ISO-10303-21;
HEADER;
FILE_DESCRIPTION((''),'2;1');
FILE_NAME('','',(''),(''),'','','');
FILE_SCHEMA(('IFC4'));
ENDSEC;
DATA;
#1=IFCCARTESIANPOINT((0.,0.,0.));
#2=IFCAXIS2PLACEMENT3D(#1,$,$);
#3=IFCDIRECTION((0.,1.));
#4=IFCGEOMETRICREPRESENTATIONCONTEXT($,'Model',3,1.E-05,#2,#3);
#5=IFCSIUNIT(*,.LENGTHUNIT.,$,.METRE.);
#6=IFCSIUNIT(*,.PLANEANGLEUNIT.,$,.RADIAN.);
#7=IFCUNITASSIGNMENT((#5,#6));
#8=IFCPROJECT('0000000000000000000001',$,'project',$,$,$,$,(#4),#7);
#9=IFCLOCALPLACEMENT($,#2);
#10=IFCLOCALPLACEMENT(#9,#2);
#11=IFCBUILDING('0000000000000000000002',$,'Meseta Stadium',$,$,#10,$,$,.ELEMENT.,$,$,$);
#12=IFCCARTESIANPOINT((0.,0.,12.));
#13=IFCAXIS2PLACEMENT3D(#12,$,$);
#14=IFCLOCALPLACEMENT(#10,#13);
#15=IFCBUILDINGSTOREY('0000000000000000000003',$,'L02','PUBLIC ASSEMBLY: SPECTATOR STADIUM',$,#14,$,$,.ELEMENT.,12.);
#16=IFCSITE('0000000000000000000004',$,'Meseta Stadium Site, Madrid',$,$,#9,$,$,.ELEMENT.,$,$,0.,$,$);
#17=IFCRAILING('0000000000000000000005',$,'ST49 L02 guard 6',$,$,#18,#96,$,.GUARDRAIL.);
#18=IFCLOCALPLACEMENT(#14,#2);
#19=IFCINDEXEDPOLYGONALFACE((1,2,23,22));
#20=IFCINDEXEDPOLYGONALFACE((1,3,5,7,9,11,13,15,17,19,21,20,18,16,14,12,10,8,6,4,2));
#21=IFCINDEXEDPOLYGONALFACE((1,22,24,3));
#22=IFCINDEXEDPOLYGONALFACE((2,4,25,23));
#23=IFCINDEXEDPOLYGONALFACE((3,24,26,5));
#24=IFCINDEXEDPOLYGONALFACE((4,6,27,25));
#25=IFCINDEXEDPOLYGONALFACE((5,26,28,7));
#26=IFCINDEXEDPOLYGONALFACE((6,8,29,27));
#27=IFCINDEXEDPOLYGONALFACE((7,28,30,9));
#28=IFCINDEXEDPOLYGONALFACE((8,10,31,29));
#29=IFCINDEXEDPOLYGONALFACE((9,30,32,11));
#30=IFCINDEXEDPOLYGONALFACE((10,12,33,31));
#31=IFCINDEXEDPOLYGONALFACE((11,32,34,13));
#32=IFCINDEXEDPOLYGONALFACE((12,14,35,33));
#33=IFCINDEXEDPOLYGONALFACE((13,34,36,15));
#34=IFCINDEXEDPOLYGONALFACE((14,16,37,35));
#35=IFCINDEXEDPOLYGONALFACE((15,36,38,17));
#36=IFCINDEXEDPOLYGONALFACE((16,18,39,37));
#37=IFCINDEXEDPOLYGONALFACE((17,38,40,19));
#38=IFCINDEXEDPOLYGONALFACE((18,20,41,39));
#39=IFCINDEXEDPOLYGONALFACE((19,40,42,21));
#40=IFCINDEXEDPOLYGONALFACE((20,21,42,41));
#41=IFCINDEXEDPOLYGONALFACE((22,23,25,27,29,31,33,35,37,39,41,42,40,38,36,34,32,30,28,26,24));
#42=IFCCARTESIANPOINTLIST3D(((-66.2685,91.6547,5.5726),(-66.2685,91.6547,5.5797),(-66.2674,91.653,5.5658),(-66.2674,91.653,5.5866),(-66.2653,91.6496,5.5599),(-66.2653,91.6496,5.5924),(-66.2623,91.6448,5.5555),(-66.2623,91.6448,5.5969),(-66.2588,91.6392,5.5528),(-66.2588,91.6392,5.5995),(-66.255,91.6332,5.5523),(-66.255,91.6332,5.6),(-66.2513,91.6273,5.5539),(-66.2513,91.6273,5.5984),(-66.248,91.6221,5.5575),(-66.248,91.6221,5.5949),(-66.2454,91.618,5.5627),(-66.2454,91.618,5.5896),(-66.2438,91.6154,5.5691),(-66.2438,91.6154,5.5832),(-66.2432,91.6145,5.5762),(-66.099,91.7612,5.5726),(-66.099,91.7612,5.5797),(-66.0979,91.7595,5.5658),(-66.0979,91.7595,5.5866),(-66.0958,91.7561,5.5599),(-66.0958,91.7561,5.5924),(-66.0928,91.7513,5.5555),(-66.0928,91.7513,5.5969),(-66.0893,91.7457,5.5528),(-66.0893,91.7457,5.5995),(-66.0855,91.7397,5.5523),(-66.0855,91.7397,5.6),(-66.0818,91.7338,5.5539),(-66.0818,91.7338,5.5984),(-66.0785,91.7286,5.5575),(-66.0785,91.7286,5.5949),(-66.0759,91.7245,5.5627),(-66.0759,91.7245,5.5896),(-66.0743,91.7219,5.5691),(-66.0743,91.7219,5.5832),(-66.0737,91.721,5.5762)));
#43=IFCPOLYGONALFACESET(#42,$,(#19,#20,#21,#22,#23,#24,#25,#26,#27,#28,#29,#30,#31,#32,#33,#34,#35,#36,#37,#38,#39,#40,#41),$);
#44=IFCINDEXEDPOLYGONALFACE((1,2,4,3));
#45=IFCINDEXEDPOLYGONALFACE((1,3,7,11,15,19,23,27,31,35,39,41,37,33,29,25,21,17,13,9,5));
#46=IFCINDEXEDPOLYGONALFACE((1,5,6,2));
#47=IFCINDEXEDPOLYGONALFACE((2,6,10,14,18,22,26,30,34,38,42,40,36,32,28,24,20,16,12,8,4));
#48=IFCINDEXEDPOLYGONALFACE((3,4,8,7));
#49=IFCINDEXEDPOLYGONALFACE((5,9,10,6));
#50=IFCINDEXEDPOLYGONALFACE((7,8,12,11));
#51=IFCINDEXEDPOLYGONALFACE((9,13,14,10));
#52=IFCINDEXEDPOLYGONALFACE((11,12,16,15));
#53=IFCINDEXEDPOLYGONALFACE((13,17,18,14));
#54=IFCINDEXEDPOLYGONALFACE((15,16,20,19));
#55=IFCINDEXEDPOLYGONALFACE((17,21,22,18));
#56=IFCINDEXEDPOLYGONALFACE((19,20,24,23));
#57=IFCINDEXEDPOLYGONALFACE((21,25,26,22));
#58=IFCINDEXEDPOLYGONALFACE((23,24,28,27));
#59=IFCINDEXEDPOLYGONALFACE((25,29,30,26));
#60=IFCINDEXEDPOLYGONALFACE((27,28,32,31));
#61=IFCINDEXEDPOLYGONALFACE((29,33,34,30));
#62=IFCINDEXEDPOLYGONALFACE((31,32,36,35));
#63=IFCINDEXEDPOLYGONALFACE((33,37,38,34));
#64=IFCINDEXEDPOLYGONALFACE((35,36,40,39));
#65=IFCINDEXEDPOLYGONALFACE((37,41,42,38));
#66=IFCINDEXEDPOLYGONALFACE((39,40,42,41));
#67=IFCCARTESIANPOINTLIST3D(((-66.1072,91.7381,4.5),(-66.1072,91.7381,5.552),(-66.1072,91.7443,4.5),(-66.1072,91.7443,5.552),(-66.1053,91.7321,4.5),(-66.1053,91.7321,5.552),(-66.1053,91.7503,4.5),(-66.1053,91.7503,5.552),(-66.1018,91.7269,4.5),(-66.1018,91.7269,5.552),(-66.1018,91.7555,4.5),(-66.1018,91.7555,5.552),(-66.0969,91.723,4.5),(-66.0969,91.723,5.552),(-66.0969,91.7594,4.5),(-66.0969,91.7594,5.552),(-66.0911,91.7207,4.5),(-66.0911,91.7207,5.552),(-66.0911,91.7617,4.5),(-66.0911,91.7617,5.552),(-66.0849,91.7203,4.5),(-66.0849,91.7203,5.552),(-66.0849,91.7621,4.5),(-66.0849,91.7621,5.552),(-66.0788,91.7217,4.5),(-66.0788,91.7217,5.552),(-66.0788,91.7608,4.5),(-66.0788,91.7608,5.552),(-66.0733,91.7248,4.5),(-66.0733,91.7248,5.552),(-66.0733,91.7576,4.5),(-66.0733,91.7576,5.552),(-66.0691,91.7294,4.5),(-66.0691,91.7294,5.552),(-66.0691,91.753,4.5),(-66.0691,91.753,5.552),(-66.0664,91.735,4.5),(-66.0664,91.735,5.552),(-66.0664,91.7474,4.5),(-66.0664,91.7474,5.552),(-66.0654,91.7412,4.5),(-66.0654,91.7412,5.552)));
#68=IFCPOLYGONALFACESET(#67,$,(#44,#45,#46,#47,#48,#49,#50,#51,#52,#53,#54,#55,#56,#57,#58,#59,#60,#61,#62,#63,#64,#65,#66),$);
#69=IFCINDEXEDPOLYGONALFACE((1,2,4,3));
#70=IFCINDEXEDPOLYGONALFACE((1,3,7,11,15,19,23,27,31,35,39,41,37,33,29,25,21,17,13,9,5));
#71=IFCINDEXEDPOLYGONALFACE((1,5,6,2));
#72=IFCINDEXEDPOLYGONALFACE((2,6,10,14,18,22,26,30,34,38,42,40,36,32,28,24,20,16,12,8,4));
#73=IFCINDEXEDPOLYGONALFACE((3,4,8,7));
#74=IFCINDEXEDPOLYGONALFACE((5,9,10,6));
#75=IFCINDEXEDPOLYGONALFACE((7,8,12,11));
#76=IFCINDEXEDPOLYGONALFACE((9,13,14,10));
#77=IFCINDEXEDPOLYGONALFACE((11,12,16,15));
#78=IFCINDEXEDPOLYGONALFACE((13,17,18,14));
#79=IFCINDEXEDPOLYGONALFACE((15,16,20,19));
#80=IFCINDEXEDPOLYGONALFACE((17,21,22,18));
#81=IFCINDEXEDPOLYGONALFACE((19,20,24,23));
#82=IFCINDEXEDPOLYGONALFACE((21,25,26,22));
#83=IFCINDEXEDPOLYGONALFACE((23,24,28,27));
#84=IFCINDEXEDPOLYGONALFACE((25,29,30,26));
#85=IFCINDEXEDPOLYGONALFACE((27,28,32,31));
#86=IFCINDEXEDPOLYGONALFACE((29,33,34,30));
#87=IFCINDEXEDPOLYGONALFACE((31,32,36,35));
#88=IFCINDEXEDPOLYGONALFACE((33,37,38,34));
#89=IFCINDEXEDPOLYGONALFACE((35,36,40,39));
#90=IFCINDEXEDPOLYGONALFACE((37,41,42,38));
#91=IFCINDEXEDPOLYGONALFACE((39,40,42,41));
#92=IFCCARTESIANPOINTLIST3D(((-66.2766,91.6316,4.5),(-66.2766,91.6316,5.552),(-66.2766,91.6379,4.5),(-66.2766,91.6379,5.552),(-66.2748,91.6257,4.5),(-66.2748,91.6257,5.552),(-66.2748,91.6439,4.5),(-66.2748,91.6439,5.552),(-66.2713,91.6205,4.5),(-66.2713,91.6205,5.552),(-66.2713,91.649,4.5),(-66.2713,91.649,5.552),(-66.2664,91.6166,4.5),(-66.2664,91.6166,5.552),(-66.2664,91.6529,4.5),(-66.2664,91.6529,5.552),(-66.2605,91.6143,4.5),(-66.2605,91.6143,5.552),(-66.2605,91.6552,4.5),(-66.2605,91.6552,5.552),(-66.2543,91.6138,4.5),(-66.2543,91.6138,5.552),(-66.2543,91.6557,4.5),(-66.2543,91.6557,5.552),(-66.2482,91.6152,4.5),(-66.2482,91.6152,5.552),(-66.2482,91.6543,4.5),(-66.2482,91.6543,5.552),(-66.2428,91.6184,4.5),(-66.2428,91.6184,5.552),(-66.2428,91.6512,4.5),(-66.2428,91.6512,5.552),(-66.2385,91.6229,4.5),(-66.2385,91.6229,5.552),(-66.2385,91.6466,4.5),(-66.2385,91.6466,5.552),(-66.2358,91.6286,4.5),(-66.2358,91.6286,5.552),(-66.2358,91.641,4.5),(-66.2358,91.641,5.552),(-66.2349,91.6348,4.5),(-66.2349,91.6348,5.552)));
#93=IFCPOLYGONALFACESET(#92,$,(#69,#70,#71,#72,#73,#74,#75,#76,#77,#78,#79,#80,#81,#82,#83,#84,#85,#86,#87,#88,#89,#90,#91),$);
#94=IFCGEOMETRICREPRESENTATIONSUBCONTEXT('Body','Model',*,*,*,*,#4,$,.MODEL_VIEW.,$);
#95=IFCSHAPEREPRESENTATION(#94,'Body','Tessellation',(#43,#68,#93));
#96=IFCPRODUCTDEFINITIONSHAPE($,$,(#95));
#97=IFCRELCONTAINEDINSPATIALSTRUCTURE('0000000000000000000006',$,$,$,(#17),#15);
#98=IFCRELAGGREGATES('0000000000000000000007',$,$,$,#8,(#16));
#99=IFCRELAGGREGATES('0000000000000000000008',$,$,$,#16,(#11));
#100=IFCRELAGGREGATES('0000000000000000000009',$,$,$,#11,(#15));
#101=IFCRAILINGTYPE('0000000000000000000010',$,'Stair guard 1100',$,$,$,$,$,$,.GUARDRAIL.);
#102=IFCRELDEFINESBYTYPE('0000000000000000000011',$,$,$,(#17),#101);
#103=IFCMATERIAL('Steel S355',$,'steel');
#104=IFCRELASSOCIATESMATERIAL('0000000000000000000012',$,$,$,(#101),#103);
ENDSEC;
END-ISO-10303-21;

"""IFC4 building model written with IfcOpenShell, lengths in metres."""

from ifc_helpers import new_model, si_unit, direction, frame, origin, origin_2d, place, context, subcontext, project, spatial, circle, extrude, material, type_object, element, save


model = new_model("IFC4")

# Units and contexts
model_context = context("Model", 3, precision=1e-05, world=origin(), true_north=direction((0.0, 1.0)))
body_context = subcontext(model_context, "Body", "Model", "MODEL_VIEW")
ifc_project = project(units=[si_unit("LENGTHUNIT", "METRE"), si_unit("PLANEANGLEUNIT", "RADIAN")], contexts=[model_context])

# Site, building, storey
site_placement = place(None, origin())
site = spatial("IfcSite", under=ifc_project, at=site_placement, Name="Meseta Stadium Site, Madrid", CompositionType="ELEMENT", RefElevation=0.0)
building_placement = place(site_placement, origin())
building = spatial("IfcBuilding", under=site, at=building_placement, Name="Meseta Stadium", CompositionType="ELEMENT")
storey_placement = place(building_placement, frame((0.0, 0.0, 12.0)))
storey = spatial("IfcBuildingStorey", under=building, at=storey_placement, Name="L02", Description="PUBLIC ASSEMBLY: SPECTATOR STADIUM", CompositionType="ELEMENT", Elevation=12.0)

# Railing
ifc_material_1 = material(Name="Steel S355", Category="steel")
railing_type_1 = type_object("IfcRailingType", Name="Stair guard 1100", PredefinedType="GUARDRAIL", material=ifc_material_1)
railing_1_placement = place(storey_placement, frame((-66.0864, 91.7412, 4.5)))
element("IfcRailing", 1, at=railing_1_placement, inside=storey, type_object=railing_type_1, Name="ST49 L02 guard 6", PredefinedType="GUARDRAIL", context=body_context, shape_type="SweptSolid", body=[
    extrude(circle(Radius=0.0239, at=origin_2d()), frame((0.0, 0.0, 1.0762), z_axis=(-0.846762, -0.531972, 0.0), x_axis=(0.531972, -0.846762, 0.0)), (0.0, 0.0, 1.0), 0.2002),
    extrude(circle(Radius=0.021, at=origin_2d()), origin(), (0.0, 0.0, 1.0), 1.052),
    extrude(circle(Radius=0.021, at=origin_2d()), frame((-0.1694, -0.1064, 0.0)), (0.0, 0.0, 1.0), 1.052),
])

save(model, "model.ifc")
